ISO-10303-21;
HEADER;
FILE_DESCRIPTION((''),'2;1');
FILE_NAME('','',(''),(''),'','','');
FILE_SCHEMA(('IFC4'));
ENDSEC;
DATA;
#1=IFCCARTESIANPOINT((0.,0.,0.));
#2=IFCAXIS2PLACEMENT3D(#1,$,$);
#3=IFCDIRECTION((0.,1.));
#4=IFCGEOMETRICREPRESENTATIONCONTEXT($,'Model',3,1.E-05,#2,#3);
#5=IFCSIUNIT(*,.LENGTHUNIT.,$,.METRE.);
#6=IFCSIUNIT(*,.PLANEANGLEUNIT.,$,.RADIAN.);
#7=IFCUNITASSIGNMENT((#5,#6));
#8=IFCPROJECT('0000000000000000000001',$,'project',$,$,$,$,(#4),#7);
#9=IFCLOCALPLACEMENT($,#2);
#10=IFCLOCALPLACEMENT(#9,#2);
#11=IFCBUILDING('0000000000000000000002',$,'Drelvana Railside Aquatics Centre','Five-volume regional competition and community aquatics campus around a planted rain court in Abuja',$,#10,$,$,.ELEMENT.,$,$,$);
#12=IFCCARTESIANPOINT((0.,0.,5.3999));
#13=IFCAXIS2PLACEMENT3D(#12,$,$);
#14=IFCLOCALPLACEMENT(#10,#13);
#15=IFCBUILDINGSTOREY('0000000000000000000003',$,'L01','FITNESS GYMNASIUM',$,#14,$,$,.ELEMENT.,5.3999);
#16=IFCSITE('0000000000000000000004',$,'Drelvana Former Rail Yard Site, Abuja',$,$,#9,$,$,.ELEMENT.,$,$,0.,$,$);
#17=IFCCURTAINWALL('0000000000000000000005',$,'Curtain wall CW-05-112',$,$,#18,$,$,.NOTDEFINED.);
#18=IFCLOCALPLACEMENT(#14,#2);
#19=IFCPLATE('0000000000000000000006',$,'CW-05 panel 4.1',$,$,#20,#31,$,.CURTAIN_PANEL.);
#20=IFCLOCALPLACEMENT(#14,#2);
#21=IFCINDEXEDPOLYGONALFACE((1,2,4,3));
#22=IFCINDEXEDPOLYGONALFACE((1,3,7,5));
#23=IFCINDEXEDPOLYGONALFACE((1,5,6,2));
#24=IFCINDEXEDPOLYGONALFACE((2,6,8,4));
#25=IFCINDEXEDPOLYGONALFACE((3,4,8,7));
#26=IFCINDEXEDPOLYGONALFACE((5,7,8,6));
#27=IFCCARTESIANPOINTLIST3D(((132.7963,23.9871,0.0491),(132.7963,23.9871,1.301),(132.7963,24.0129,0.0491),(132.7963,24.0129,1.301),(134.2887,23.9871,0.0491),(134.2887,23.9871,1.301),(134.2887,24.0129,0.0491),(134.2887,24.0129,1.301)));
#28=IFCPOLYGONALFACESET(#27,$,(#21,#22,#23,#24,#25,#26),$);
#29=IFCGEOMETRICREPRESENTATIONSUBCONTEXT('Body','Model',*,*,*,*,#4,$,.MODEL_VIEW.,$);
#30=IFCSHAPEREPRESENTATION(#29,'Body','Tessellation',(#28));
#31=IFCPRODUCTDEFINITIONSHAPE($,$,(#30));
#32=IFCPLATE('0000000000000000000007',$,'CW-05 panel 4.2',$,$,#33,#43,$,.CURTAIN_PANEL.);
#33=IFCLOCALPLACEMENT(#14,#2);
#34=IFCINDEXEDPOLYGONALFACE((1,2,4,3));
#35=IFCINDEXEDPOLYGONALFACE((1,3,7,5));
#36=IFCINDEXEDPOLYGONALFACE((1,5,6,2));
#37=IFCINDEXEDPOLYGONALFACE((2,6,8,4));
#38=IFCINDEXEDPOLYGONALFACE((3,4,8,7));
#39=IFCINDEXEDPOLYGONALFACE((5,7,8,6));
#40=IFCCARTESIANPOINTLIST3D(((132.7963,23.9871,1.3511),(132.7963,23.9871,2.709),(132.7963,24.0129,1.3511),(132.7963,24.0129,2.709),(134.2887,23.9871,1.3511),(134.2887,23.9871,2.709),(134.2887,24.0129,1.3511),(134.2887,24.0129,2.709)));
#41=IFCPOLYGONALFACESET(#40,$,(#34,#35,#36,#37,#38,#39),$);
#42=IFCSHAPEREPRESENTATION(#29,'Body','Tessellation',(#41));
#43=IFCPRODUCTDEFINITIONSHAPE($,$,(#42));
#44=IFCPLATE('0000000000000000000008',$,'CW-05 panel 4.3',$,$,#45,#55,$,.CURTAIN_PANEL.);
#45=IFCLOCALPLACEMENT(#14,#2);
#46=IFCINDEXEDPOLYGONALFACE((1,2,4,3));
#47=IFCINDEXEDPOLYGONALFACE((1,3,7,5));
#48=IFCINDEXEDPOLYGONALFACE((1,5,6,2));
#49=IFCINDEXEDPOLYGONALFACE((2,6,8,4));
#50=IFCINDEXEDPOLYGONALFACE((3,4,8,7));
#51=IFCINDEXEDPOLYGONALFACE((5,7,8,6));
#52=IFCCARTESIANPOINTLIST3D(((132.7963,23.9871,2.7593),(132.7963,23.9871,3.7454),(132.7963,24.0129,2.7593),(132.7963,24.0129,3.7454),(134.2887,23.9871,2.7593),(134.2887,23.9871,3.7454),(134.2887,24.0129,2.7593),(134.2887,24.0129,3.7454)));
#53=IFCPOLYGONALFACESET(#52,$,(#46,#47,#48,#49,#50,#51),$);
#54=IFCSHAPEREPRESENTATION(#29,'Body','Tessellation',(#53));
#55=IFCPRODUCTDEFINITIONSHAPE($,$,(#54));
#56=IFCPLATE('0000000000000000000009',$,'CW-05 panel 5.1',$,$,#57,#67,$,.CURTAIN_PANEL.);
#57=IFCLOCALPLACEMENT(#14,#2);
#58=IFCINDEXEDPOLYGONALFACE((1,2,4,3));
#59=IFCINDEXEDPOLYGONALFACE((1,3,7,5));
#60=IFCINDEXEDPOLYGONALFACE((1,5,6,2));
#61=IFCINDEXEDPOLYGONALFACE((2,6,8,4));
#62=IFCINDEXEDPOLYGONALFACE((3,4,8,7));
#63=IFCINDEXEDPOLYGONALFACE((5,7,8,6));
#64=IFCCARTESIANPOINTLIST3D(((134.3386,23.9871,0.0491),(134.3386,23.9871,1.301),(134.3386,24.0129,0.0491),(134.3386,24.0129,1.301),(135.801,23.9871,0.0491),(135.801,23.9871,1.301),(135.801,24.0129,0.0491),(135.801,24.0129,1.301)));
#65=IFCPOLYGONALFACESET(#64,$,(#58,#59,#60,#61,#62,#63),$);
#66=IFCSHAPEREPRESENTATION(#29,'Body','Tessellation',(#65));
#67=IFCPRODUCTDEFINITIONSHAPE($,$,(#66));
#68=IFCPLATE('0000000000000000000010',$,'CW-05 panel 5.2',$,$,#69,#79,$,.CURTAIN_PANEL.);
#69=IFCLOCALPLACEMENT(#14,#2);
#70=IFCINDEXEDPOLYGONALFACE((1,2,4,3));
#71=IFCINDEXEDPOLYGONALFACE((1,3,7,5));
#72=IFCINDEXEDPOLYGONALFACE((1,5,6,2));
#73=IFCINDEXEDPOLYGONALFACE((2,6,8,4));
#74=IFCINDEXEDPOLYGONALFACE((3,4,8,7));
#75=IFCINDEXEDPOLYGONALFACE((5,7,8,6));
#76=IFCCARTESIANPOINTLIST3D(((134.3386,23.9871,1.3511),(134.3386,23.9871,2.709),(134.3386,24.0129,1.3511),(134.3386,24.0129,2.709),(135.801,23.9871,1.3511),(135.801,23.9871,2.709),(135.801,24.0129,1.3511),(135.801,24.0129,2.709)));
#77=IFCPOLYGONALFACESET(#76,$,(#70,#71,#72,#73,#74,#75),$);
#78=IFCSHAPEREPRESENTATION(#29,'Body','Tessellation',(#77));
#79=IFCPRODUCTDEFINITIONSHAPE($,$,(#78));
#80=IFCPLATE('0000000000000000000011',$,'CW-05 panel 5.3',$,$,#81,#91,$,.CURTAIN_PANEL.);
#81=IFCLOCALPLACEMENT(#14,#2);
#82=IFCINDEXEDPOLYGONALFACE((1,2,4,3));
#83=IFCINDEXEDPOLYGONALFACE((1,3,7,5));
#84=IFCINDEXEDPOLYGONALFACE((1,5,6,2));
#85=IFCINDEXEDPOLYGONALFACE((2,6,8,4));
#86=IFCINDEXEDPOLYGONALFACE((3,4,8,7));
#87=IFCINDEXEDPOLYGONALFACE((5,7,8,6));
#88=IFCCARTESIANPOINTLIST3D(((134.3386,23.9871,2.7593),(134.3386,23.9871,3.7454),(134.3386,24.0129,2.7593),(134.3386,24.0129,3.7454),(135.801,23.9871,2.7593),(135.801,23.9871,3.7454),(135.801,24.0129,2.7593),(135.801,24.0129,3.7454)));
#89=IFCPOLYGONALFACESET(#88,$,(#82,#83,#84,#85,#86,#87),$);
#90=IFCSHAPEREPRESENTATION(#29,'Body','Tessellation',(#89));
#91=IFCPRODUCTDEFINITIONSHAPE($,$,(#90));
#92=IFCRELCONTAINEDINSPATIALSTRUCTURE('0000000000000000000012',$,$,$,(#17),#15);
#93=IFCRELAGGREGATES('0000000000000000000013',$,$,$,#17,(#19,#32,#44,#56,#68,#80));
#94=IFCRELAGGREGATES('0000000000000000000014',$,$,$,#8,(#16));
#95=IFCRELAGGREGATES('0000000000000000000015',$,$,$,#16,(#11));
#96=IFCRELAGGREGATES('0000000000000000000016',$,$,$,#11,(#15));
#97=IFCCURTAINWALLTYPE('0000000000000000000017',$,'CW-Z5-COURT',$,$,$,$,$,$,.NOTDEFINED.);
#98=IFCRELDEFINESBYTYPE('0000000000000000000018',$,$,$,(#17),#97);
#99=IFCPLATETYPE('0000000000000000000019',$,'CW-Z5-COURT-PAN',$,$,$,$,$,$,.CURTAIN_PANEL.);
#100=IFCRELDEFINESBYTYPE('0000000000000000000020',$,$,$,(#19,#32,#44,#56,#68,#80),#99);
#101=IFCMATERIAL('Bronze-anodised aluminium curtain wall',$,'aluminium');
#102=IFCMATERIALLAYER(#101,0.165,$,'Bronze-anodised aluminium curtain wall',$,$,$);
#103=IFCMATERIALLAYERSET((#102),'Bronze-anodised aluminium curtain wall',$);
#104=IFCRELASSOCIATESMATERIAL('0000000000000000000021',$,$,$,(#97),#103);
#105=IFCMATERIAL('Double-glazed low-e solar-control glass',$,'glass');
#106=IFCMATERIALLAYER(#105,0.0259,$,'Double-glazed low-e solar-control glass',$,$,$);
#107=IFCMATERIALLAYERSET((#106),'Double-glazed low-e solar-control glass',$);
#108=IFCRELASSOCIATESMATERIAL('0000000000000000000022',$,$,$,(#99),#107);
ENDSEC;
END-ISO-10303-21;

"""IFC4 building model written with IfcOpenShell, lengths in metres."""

from ifc_helpers import new_model, si_unit, direction, frame, origin, origin_2d, place, context, subcontext, project, spatial, rectangle, extrude, material, layer, layer_set, type_object, element, aggregate, save


model = new_model("IFC4")

# Units and contexts
model_context = context("Model", 3, precision=1e-05, world=origin(), true_north=direction((0.0, 1.0)))
body_context = subcontext(model_context, "Body", "Model", "MODEL_VIEW")
ifc_project = project(units=[si_unit("LENGTHUNIT", "METRE"), si_unit("PLANEANGLEUNIT", "RADIAN")], contexts=[model_context])

# Site, building, storey
site_placement = place(None, origin())
site = spatial("IfcSite", under=ifc_project, at=site_placement, Name="Drelvana Former Rail Yard Site, Abuja", CompositionType="ELEMENT", RefElevation=0.0)
building_placement = place(site_placement, origin())
building = spatial("IfcBuilding", under=site, at=building_placement, Name="Drelvana Railside Aquatics Centre", Description="Five-volume regional competition and community aquatics campus around a planted rain court in Abuja", CompositionType="ELEMENT")
storey_placement = place(building_placement, frame((0.0, 0.0, 5.3999)))
storey = spatial("IfcBuildingStorey", under=building, at=storey_placement, Name="L01", Description="FITNESS GYMNASIUM", CompositionType="ELEMENT", Elevation=5.3999)

# Curtain wall
ifc_material_1 = material(Name="Bronze-anodised aluminium curtain wall", Category="aluminium")
ifc_layer_1 = layer(ifc_material_1, 0.165, Name="Bronze-anodised aluminium curtain wall")
ifc_layer_set_1 = layer_set([ifc_layer_1], Name="Bronze-anodised aluminium curtain wall")
curtain_wall_type = type_object("IfcCurtainWallType", Name="CW-Z5-COURT", PredefinedType="NOTDEFINED", material=ifc_layer_set_1)
curtain_wall_1_placement = place(storey_placement, origin())
curtain_wall_1 = element("IfcCurtainWall", 1, at=curtain_wall_1_placement, inside=storey, type_object=curtain_wall_type, Name="Curtain wall CW-05-112", PredefinedType="NOTDEFINED")

# Plates
ifc_material_2 = material(Name="Double-glazed low-e solar-control glass", Category="glass")
ifc_layer_2 = layer(ifc_material_2, 0.0259, Name="Double-glazed low-e solar-control glass")
ifc_layer_set_2 = layer_set([ifc_layer_2], Name="Double-glazed low-e solar-control glass")
plate_type = type_object("IfcPlateType", Name="CW-Z5-COURT-PAN", PredefinedType="CURTAIN_PANEL", material=ifc_layer_set_2)
plate_1_placement = place(storey_placement, frame((133.5425, 24.0, 0.0491), z_axis=(0.0, 0.0, 1.0), x_axis=(1.0, 0.0, 0.0)))
plate_1 = element("IfcPlate", 2, at=plate_1_placement, type_object=plate_type, Name="CW-05 panel 4.1", PredefinedType="CURTAIN_PANEL", context=body_context, shape_type="SweptSolid", body=[
    extrude(rectangle(XDim=1.4924, YDim=0.0259, at=origin_2d()), origin(), (0.0, 0.0, 1.0), 1.252),
])
plate_2_placement = place(storey_placement, frame((133.5425, 24.0, 1.3511), z_axis=(0.0, 0.0, 1.0), x_axis=(1.0, 0.0, 0.0)))
plate_2 = element("IfcPlate", 3, at=plate_2_placement, type_object=plate_type, Name="CW-05 panel 4.2", PredefinedType="CURTAIN_PANEL", context=body_context, shape_type="SweptSolid", body=[
    extrude(rectangle(XDim=1.4924, YDim=0.0259, at=origin_2d()), origin(), (0.0, 0.0, 1.0), 1.3579),
])
plate_3_placement = place(storey_placement, frame((133.5425, 24.0, 2.7593), z_axis=(0.0, 0.0, 1.0), x_axis=(1.0, 0.0, 0.0)))
plate_3 = element("IfcPlate", 4, at=plate_3_placement, type_object=plate_type, Name="CW-05 panel 4.3", PredefinedType="CURTAIN_PANEL", context=body_context, shape_type="SweptSolid", body=[
    extrude(rectangle(XDim=1.4924, YDim=0.0259, at=origin_2d()), origin(), (0.0, 0.0, 1.0), 0.9861),
])
plate_4_placement = place(storey_placement, frame((135.0698, 24.0, 0.0491), z_axis=(0.0, 0.0, 1.0), x_axis=(1.0, 0.0, 0.0)))
plate_4 = element("IfcPlate", 5, at=plate_4_placement, type_object=plate_type, Name="CW-05 panel 5.1", PredefinedType="CURTAIN_PANEL", context=body_context, shape_type="SweptSolid", body=[
    extrude(rectangle(XDim=1.4624, YDim=0.0259, at=origin_2d()), origin(), (0.0, 0.0, 1.0), 1.252),
])
plate_5_placement = place(storey_placement, frame((135.0698, 24.0, 1.3511), z_axis=(0.0, 0.0, 1.0), x_axis=(1.0, 0.0, 0.0)))
plate_5 = element("IfcPlate", 6, at=plate_5_placement, type_object=plate_type, Name="CW-05 panel 5.2", PredefinedType="CURTAIN_PANEL", context=body_context, shape_type="SweptSolid", body=[
    extrude(rectangle(XDim=1.4624, YDim=0.0259, at=origin_2d()), origin(), (0.0, 0.0, 1.0), 1.3579),
])
plate_6_placement = place(storey_placement, frame((135.0698, 24.0, 2.7593), z_axis=(0.0, 0.0, 1.0), x_axis=(1.0, 0.0, 0.0)))
plate_6 = element("IfcPlate", 7, at=plate_6_placement, type_object=plate_type, Name="CW-05 panel 5.3", PredefinedType="CURTAIN_PANEL", context=body_context, shape_type="SweptSolid", body=[
    extrude(rectangle(XDim=1.4624, YDim=0.0259, at=origin_2d()), origin(), (0.0, 0.0, 1.0), 0.9861),
])
aggregate(curtain_wall_1, [plate_1, plate_2, plate_3, plate_4, plate_5, plate_6])

save(model, "model.ifc")
